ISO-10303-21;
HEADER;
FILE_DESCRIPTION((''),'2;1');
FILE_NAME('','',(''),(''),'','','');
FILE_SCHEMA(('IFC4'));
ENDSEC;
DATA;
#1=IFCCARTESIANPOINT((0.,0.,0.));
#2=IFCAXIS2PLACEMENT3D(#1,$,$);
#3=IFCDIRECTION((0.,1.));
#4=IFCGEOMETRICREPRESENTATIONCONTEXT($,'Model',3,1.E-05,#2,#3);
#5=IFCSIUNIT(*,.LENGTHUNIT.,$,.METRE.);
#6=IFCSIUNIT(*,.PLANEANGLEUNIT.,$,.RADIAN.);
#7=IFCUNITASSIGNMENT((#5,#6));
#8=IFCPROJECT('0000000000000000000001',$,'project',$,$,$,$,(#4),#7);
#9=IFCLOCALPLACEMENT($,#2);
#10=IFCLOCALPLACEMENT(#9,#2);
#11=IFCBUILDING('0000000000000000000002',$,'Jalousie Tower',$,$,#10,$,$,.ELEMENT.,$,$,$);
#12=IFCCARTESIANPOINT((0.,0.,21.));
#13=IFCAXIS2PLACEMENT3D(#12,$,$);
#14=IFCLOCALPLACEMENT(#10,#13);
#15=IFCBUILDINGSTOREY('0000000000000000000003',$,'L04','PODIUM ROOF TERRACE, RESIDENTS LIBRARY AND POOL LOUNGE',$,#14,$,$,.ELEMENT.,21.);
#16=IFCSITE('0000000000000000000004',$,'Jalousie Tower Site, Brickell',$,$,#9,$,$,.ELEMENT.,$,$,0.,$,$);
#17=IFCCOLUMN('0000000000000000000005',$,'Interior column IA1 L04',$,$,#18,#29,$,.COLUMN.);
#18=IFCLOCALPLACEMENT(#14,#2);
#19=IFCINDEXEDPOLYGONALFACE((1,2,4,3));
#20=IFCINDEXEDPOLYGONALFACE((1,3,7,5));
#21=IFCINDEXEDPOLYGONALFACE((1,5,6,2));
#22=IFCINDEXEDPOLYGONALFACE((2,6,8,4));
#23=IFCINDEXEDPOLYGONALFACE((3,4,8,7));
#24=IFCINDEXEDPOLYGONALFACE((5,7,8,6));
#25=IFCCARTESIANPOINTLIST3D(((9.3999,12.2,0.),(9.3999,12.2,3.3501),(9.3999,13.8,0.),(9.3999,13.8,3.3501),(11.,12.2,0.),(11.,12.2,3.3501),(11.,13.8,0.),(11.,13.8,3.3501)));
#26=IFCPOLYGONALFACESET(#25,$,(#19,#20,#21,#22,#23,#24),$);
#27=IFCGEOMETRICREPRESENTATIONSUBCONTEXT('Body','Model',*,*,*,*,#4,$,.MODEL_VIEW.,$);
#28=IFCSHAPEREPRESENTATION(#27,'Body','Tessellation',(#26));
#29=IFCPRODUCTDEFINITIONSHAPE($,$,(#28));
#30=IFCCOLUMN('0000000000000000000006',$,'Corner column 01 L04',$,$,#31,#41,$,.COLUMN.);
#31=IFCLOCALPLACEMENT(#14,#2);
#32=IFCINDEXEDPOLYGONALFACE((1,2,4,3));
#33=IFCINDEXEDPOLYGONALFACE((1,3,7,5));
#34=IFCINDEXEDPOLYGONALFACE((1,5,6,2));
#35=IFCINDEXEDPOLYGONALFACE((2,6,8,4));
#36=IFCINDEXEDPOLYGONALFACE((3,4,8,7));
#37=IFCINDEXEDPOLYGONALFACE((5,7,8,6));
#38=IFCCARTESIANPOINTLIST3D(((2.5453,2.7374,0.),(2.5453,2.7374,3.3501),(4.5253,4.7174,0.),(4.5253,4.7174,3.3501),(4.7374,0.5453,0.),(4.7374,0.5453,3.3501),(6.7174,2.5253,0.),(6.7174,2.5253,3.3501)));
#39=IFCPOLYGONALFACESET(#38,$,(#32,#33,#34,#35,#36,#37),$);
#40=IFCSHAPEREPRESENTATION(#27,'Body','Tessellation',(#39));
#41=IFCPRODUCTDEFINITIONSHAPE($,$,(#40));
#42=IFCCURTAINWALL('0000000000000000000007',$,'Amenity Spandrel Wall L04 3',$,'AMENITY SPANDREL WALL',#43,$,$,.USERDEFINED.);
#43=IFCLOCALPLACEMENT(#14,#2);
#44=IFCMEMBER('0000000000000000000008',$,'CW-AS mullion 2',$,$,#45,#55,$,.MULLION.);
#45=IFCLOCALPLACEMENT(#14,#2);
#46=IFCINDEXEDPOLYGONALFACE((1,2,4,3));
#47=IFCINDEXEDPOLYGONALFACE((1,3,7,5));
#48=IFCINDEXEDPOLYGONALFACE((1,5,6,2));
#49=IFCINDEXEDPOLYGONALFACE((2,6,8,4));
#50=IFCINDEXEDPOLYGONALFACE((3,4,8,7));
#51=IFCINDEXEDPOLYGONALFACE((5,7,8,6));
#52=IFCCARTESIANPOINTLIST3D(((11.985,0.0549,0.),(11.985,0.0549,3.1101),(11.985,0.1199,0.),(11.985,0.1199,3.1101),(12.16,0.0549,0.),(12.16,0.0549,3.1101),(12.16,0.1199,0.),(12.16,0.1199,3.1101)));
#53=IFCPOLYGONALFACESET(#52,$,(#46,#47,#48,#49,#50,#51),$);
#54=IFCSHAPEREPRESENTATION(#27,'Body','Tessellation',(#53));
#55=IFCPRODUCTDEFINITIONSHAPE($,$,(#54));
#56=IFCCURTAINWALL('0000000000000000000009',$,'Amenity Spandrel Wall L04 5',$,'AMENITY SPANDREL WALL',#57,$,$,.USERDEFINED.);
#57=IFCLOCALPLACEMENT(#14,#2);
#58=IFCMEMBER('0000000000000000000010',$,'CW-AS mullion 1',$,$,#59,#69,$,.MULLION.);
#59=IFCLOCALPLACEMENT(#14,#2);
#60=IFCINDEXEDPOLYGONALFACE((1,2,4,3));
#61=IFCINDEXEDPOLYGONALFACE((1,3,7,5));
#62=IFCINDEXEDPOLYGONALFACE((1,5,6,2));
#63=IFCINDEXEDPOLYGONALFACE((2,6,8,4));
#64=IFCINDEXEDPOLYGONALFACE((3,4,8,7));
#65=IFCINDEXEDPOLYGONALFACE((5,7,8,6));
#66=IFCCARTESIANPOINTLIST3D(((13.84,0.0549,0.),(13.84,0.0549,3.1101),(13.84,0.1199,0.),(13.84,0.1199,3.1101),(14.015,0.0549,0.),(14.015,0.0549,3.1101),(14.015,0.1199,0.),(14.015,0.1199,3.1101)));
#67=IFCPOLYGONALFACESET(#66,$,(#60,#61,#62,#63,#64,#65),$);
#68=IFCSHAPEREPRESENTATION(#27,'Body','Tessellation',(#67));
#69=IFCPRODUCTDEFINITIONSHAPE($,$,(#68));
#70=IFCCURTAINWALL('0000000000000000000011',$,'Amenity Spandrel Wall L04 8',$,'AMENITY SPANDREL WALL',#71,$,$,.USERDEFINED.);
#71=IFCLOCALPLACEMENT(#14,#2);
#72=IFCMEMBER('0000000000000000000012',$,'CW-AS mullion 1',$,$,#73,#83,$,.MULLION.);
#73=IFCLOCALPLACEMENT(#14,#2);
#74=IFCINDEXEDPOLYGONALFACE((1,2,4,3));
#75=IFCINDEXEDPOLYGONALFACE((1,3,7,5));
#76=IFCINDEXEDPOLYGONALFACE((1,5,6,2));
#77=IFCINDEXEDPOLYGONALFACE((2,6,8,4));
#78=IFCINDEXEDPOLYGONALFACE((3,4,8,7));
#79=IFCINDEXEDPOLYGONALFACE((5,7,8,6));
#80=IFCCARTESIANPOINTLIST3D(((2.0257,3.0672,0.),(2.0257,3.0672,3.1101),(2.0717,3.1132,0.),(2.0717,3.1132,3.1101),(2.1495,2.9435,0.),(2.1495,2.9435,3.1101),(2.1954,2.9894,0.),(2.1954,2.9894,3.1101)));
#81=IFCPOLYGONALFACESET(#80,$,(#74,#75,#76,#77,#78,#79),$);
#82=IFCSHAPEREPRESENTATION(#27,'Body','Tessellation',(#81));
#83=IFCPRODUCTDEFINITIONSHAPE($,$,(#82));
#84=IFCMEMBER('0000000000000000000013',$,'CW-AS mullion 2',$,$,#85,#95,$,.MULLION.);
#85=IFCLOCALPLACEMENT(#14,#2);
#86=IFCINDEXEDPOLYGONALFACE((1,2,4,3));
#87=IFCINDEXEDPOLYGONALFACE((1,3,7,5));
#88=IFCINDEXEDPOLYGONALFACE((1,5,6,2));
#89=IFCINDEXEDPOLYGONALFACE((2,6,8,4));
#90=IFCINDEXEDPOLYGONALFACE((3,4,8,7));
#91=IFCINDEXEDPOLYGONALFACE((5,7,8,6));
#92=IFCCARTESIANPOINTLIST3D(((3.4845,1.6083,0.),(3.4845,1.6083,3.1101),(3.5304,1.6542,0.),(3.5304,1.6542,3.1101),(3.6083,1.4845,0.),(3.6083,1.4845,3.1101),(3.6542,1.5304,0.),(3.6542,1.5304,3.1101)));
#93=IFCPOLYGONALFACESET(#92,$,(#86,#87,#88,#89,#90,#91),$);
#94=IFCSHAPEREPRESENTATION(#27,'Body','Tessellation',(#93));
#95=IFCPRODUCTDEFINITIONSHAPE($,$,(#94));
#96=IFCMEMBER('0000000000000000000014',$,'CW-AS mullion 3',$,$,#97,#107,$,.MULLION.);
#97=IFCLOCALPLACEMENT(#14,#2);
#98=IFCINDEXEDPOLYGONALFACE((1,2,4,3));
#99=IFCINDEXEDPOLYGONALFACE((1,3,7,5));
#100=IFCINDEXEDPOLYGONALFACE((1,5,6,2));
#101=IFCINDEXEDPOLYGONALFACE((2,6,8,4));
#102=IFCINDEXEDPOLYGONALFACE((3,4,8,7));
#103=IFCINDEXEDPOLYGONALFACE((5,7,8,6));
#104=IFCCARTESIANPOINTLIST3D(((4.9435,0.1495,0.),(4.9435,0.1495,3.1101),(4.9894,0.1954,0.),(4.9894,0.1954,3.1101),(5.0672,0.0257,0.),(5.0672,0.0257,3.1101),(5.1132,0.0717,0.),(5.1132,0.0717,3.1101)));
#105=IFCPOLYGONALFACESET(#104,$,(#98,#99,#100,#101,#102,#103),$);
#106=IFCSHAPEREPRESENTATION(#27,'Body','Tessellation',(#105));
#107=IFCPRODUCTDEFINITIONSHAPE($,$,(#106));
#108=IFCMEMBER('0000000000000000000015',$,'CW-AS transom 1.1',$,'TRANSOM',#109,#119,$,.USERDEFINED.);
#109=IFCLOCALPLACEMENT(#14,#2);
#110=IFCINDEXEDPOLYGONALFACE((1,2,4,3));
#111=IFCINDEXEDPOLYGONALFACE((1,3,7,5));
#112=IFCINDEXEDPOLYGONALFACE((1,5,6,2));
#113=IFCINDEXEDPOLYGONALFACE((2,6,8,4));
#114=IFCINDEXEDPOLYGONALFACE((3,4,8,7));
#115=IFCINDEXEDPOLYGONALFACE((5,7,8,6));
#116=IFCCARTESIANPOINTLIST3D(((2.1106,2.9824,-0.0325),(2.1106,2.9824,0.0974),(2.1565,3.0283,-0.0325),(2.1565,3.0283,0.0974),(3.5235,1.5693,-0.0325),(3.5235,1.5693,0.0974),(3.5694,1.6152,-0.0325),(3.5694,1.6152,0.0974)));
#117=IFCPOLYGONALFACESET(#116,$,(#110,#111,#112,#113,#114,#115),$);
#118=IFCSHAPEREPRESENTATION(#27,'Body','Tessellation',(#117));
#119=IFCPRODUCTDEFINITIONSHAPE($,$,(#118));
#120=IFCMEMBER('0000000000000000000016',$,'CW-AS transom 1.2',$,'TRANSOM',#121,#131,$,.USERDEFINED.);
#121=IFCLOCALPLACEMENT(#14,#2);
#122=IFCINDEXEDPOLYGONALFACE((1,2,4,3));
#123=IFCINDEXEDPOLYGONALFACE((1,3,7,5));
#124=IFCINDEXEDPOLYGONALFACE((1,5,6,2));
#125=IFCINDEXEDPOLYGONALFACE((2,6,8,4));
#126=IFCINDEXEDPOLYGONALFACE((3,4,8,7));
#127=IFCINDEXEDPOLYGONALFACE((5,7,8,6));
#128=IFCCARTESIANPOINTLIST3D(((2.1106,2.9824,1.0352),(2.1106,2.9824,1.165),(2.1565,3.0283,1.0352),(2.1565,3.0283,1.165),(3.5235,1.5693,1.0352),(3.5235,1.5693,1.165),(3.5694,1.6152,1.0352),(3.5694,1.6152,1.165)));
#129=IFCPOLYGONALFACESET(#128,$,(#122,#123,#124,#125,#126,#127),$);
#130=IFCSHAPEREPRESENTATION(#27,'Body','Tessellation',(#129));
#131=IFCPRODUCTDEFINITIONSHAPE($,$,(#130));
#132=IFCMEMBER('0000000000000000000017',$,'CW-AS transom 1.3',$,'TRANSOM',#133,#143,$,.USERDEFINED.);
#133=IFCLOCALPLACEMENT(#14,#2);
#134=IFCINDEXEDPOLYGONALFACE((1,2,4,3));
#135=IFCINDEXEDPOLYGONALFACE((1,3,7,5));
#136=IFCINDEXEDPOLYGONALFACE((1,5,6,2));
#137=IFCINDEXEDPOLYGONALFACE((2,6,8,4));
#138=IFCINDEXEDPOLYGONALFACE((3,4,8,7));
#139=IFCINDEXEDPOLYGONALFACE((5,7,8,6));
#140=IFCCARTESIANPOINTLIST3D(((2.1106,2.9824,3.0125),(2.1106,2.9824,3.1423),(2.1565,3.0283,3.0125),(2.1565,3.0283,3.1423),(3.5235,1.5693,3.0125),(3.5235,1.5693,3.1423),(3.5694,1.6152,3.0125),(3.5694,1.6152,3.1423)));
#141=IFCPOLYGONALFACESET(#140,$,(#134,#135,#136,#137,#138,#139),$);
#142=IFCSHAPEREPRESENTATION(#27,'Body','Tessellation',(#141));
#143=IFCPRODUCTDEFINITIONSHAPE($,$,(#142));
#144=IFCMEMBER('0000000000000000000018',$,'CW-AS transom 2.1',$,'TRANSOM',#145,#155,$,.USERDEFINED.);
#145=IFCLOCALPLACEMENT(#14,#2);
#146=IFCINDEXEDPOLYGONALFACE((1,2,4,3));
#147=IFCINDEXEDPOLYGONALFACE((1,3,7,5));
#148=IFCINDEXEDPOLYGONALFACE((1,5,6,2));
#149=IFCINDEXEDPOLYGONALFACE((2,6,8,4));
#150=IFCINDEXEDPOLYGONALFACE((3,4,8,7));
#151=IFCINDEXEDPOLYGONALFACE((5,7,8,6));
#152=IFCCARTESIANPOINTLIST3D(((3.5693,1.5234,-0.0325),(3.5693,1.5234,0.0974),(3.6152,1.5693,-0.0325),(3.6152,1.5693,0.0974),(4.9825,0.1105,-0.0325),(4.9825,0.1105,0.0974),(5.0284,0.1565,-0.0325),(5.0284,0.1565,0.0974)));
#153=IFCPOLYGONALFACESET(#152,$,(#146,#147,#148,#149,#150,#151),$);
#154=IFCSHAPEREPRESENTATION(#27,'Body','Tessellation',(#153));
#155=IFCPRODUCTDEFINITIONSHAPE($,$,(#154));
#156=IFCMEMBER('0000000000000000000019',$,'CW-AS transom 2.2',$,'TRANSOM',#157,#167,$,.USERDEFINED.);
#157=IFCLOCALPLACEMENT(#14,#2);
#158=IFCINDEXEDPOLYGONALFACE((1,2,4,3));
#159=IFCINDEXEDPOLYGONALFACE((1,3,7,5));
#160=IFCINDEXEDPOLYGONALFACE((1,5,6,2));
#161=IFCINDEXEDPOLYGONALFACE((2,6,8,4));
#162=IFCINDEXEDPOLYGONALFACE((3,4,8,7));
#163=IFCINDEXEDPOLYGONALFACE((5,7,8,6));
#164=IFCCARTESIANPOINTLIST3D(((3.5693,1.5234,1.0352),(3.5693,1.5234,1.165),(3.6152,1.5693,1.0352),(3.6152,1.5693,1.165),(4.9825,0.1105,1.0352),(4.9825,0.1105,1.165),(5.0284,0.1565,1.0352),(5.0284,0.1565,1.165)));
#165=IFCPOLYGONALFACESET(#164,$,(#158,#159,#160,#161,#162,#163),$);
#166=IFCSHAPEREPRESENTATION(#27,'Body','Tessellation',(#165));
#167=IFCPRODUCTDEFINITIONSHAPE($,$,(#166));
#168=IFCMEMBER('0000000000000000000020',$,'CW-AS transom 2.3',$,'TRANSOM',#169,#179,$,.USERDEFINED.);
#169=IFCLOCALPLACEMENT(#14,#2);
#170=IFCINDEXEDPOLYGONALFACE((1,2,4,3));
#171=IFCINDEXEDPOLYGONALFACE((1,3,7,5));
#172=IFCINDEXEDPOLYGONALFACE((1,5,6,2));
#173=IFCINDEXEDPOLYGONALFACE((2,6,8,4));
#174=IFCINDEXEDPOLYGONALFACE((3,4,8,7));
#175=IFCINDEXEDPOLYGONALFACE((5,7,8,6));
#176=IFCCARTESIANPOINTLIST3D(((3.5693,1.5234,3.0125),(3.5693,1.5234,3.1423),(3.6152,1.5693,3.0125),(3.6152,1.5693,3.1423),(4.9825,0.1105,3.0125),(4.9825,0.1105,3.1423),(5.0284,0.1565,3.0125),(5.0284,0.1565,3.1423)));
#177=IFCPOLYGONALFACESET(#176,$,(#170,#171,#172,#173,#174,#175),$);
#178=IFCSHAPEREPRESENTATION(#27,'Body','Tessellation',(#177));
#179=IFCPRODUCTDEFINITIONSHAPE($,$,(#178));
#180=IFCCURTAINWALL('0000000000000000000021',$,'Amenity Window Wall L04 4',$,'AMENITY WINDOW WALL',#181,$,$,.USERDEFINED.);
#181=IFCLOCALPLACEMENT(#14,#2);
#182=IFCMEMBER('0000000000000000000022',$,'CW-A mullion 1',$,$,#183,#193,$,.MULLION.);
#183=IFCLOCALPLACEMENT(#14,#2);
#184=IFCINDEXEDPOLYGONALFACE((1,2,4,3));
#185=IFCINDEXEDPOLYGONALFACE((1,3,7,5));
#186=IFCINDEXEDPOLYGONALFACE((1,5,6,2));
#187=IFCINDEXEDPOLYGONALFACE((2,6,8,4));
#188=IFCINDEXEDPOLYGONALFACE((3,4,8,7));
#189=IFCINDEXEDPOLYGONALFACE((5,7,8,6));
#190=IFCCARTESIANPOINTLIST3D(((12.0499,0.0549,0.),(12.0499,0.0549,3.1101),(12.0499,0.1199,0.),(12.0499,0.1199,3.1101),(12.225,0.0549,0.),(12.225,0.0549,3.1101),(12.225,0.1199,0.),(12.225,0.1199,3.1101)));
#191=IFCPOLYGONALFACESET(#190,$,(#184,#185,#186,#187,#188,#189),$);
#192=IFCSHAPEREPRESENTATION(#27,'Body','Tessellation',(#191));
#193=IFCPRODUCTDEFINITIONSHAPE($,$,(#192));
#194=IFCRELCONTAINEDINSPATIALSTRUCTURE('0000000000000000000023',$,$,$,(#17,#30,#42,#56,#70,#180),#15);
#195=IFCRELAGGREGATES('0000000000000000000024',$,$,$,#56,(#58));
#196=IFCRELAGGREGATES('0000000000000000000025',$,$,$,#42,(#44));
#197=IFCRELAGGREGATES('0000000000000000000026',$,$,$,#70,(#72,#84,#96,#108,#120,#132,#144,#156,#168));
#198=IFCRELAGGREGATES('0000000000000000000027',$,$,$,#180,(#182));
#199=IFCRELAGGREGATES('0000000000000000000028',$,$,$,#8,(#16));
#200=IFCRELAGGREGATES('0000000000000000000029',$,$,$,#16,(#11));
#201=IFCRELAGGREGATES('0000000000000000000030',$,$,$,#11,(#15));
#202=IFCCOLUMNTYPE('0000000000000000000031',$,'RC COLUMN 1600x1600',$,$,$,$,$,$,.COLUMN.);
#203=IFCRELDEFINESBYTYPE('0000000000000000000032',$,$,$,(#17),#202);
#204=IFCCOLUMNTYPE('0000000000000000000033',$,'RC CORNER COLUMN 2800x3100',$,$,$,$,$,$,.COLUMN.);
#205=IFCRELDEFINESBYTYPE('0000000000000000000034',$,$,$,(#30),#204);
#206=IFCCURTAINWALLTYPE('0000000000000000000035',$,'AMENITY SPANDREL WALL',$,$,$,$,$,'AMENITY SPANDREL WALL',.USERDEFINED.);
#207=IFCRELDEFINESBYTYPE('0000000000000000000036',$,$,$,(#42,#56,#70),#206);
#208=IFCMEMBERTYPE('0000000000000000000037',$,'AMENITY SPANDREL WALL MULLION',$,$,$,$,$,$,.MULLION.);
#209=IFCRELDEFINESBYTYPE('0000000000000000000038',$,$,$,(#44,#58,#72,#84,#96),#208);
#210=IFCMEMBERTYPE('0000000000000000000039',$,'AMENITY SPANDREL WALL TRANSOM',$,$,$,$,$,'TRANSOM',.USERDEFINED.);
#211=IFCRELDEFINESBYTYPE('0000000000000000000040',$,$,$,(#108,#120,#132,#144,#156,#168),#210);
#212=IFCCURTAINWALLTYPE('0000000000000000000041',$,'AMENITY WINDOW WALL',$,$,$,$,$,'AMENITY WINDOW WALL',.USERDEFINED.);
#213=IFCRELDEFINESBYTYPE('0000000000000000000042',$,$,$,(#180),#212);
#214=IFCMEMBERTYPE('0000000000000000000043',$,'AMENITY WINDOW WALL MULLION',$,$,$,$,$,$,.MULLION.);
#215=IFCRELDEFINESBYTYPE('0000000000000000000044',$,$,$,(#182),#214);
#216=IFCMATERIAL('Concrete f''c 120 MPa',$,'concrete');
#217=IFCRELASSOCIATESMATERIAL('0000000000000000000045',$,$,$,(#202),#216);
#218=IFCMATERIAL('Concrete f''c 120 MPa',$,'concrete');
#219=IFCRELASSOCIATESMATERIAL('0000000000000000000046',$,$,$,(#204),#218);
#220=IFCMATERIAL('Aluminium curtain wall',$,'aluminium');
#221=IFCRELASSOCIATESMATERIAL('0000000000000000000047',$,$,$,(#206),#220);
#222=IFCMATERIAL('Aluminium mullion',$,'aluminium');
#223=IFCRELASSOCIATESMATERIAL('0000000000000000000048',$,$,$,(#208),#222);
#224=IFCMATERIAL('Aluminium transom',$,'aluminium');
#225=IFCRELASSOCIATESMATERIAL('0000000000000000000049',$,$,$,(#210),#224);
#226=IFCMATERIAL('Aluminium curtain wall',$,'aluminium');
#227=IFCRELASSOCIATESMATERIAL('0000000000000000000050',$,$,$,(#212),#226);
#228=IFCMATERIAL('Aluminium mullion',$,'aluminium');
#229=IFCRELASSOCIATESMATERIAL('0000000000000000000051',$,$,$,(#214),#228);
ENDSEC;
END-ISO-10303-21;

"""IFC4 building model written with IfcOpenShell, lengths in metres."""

from ifc_helpers import new_model, si_unit, direction, frame, origin, origin_2d, place, context, subcontext, project, spatial, rectangle, extrude, material, material_profile, profile_set, type_object, element, aggregate, save


model = new_model("IFC4")

# Units and contexts
model_context = context("Model", 3, precision=1e-05, world=origin(), true_north=direction((0.0, 1.0)))
body_context = subcontext(model_context, "Body", "Model", "MODEL_VIEW")
ifc_project = project(units=[si_unit("LENGTHUNIT", "METRE"), si_unit("PLANEANGLEUNIT", "RADIAN")], contexts=[model_context])

# Site, building, storey
site_placement = place(None, origin())
site = spatial("IfcSite", under=ifc_project, at=site_placement, Name="Jalousie Tower Site, Brickell", CompositionType="ELEMENT", RefElevation=0.0)
building_placement = place(site_placement, origin())
building = spatial("IfcBuilding", under=site, at=building_placement, Name="Jalousie Tower", CompositionType="ELEMENT")
storey_placement = place(building_placement, frame((0.0, 0.0, 21.0)))
storey = spatial("IfcBuildingStorey", under=building, at=storey_placement, Name="L04", Description="PODIUM ROOF TERRACE, RESIDENTS LIBRARY AND POOL LOUNGE", CompositionType="ELEMENT", Elevation=21.0)

# Columns
ifc_material_1 = material(Name="Concrete f'c 120 MPa", Category="concrete")
ifc_material_profile_1 = material_profile(ifc_material_1, rectangle(XDim=1.6001, YDim=1.6001, at=origin_2d()), Name="RC 1600x1600")
ifc_profile_set_1 = profile_set([ifc_material_profile_1], Name="Concrete f'c 120 MPa")
column_type_1 = type_object("IfcColumnType", Name="RC COLUMN 1600x1600", PredefinedType="COLUMN", material=ifc_profile_set_1)
column_1_placement = place(storey_placement, frame((10.2, 13.0, 0.0), z_axis=(0.0, 0.0, 1.0), x_axis=(1.0, 0.0, 0.0)))
element("IfcColumn", 1, at=column_1_placement, inside=storey, type_object=column_type_1, Name="Interior column IA1 L04", PredefinedType="COLUMN", context=body_context, shape_type="SweptSolid", body=[
    extrude(rectangle(XDim=1.6001, YDim=1.6001, at=origin_2d()), origin(), (0.0, 0.0, 1.0), 3.3501),
])
ifc_material_2 = material(Name="Concrete f'c 120 MPa", Category="concrete")
ifc_material_profile_2 = material_profile(ifc_material_2, rectangle(XDim=2.8, YDim=3.1001, at=origin_2d()), Name="RC 2800x3100")
ifc_profile_set_2 = profile_set([ifc_material_profile_2], Name="Concrete f'c 120 MPa")
column_type_2 = type_object("IfcColumnType", Name="RC CORNER COLUMN 2800x3100", PredefinedType="COLUMN", material=ifc_profile_set_2)
column_2_placement = place(storey_placement, frame((4.6313, 2.6313, 0.0), z_axis=(0.0, 0.0, 1.0), x_axis=(0.707107, 0.707107, 0.0)))
element("IfcColumn", 2, at=column_2_placement, inside=storey, type_object=column_type_2, Name="Corner column 01 L04", PredefinedType="COLUMN", context=body_context, shape_type="SweptSolid", body=[
    extrude(rectangle(XDim=2.8, YDim=3.1001, at=origin_2d()), origin(), (0.0, 0.0, 1.0), 3.3501),
])

# Curtain walls, members
ifc_material_3 = material(Name="Aluminium curtain wall", Category="aluminium")
curtain_wall_type_1 = type_object("IfcCurtainWallType", Name="AMENITY SPANDREL WALL", ElementType="AMENITY SPANDREL WALL", PredefinedType="USERDEFINED", material=ifc_material_3)
curtain_wall_1_placement = place(storey_placement, origin())
curtain_wall_1 = element("IfcCurtainWall", 3, at=curtain_wall_1_placement, inside=storey, type_object=curtain_wall_type_1, Name="Amenity Spandrel Wall L04 3", ObjectType="AMENITY SPANDREL WALL", PredefinedType="USERDEFINED")
ifc_material_4 = material(Name="Aluminium mullion", Category="aluminium")
ifc_material_profile_3 = material_profile(ifc_material_4, rectangle(XDim=0.0649, YDim=0.175, at=origin_2d()), Name="MULLION 65x175")
ifc_profile_set_3 = profile_set([ifc_material_profile_3], Name="Aluminium mullion")
member_type_1 = type_object("IfcMemberType", Name="AMENITY SPANDREL WALL MULLION", PredefinedType="MULLION", material=ifc_profile_set_3)
member_1_placement = place(storey_placement, frame((12.0725, 0.0874, 0.0), z_axis=(0.0, 0.0, 1.0), x_axis=(0.0, 1.0, 0.0)))
member_1 = element("IfcMember", 4, at=member_1_placement, type_object=member_type_1, Name="CW-AS mullion 2", PredefinedType="MULLION", context=body_context, shape_type="SweptSolid", body=[
    extrude(rectangle(XDim=0.0649, YDim=0.175, at=origin_2d()), origin(), (0.0, 0.0, 1.0), 3.1101),
])
curtain_wall_2_placement = place(storey_placement, origin())
curtain_wall_2 = element("IfcCurtainWall", 5, at=curtain_wall_2_placement, inside=storey, type_object=curtain_wall_type_1, Name="Amenity Spandrel Wall L04 5", ObjectType="AMENITY SPANDREL WALL", PredefinedType="USERDEFINED")
member_2_placement = place(storey_placement, frame((13.9275, 0.0874, 0.0), z_axis=(0.0, 0.0, 1.0), x_axis=(0.0, 1.0, 0.0)))
member_2 = element("IfcMember", 6, at=member_2_placement, type_object=member_type_1, Name="CW-AS mullion 1", PredefinedType="MULLION", context=body_context, shape_type="SweptSolid", body=[
    extrude(rectangle(XDim=0.0649, YDim=0.175, at=origin_2d()), origin(), (0.0, 0.0, 1.0), 3.1101),
])
aggregate(curtain_wall_2, [member_2])

# Curtain walls, members
curtain_wall_3_placement = place(storey_placement, origin())
curtain_wall_3 = element("IfcCurtainWall", 7, at=curtain_wall_3_placement, inside=storey, type_object=curtain_wall_type_1, Name="Amenity Spandrel Wall L04 8", ObjectType="AMENITY SPANDREL WALL", PredefinedType="USERDEFINED")
member_3_placement = place(storey_placement, frame((2.1106, 3.0283, 0.0), z_axis=(0.0, 0.0, 1.0), x_axis=(0.707107, 0.707107, 0.0)))
member_3 = element("IfcMember", 8, at=member_3_placement, type_object=member_type_1, Name="CW-AS mullion 1", PredefinedType="MULLION", context=body_context, shape_type="SweptSolid", body=[
    extrude(rectangle(XDim=0.0649, YDim=0.175, at=origin_2d()), origin(), (0.0, 0.0, 1.0), 3.1101),
])
member_4_placement = place(storey_placement, frame((3.5693, 1.5693, 0.0), z_axis=(0.0, 0.0, 1.0), x_axis=(0.707107, 0.707107, 0.0)))
member_4 = element("IfcMember", 9, at=member_4_placement, type_object=member_type_1, Name="CW-AS mullion 2", PredefinedType="MULLION", context=body_context, shape_type="SweptSolid", body=[
    extrude(rectangle(XDim=0.0649, YDim=0.175, at=origin_2d()), origin(), (0.0, 0.0, 1.0), 3.1101),
])
member_5_placement = place(storey_placement, frame((5.0283, 0.1106, 0.0), z_axis=(0.0, 0.0, 1.0), x_axis=(0.707107, 0.707107, 0.0)))
member_5 = element("IfcMember", 10, at=member_5_placement, type_object=member_type_1, Name="CW-AS mullion 3", PredefinedType="MULLION", context=body_context, shape_type="SweptSolid", body=[
    extrude(rectangle(XDim=0.0649, YDim=0.175, at=origin_2d()), origin(), (0.0, 0.0, 1.0), 3.1101),
])
ifc_material_5 = material(Name="Aluminium transom", Category="aluminium")
ifc_material_profile_4 = material_profile(ifc_material_5, rectangle(XDim=0.0649, YDim=0.1299, at=origin_2d()), Name="TRANSOM 65x130")
ifc_profile_set_4 = profile_set([ifc_material_profile_4], Name="Aluminium transom")
member_type_2 = type_object("IfcMemberType", Name="AMENITY SPANDREL WALL TRANSOM", ElementType="TRANSOM", PredefinedType="USERDEFINED", material=ifc_profile_set_4)
member_6_placement = place(storey_placement, frame((2.1335, 3.0054, 0.0325), z_axis=(0.707046, -0.707168, 0.0), x_axis=(0.707168, 0.707046, 0.0)))
member_6 = element("IfcMember", 11, at=member_6_placement, type_object=member_type_2, Name="CW-AS transom 1.1", ObjectType="TRANSOM", PredefinedType="USERDEFINED", context=body_context, shape_type="SweptSolid", body=[
    extrude(rectangle(XDim=0.0649, YDim=0.1299, at=origin_2d()), origin(), (0.0, 0.0, 1.0), 1.9983),
])
member_7_placement = place(storey_placement, frame((2.1335, 3.0054, 1.1001), z_axis=(0.707046, -0.707168, 0.0), x_axis=(0.707168, 0.707046, 0.0)))
member_7 = element("IfcMember", 12, at=member_7_placement, type_object=member_type_2, Name="CW-AS transom 1.2", ObjectType="TRANSOM", PredefinedType="USERDEFINED", context=body_context, shape_type="SweptSolid", body=[
    extrude(rectangle(XDim=0.0649, YDim=0.1299, at=origin_2d()), origin(), (0.0, 0.0, 1.0), 1.9983),
])
member_8_placement = place(storey_placement, frame((2.1335, 3.0054, 3.0774), z_axis=(0.707046, -0.707168, 0.0), x_axis=(0.707168, 0.707046, 0.0)))
member_8 = element("IfcMember", 13, at=member_8_placement, type_object=member_type_2, Name="CW-AS transom 1.3", ObjectType="TRANSOM", PredefinedType="USERDEFINED", context=body_context, shape_type="SweptSolid", body=[
    extrude(rectangle(XDim=0.0649, YDim=0.1299, at=origin_2d()), origin(), (0.0, 0.0, 1.0), 1.9983),
])
member_9_placement = place(storey_placement, frame((3.5923, 1.5464, 0.0325), z_axis=(0.707168, -0.707046, 0.0), x_axis=(0.707046, 0.707168, 0.0)))
member_9 = element("IfcMember", 14, at=member_9_placement, type_object=member_type_2, Name="CW-AS transom 2.1", ObjectType="TRANSOM", PredefinedType="USERDEFINED", context=body_context, shape_type="SweptSolid", body=[
    extrude(rectangle(XDim=0.0649, YDim=0.1299, at=origin_2d()), origin(), (0.0, 0.0, 1.0), 1.9983),
])
member_10_placement = place(storey_placement, frame((3.5923, 1.5464, 1.1001), z_axis=(0.707168, -0.707046, 0.0), x_axis=(0.707046, 0.707168, 0.0)))
member_10 = element("IfcMember", 15, at=member_10_placement, type_object=member_type_2, Name="CW-AS transom 2.2", ObjectType="TRANSOM", PredefinedType="USERDEFINED", context=body_context, shape_type="SweptSolid", body=[
    extrude(rectangle(XDim=0.0649, YDim=0.1299, at=origin_2d()), origin(), (0.0, 0.0, 1.0), 1.9983),
])
member_11_placement = place(storey_placement, frame((3.5923, 1.5464, 3.0774), z_axis=(0.707168, -0.707046, 0.0), x_axis=(0.707046, 0.707168, 0.0)))
member_11 = element("IfcMember", 16, at=member_11_placement, type_object=member_type_2, Name="CW-AS transom 2.3", ObjectType="TRANSOM", PredefinedType="USERDEFINED", context=body_context, shape_type="SweptSolid", body=[
    extrude(rectangle(XDim=0.0649, YDim=0.1299, at=origin_2d()), origin(), (0.0, 0.0, 1.0), 1.9983),
])
ifc_material_6 = material(Name="Aluminium curtain wall", Category="aluminium")
curtain_wall_type_2 = type_object("IfcCurtainWallType", Name="AMENITY WINDOW WALL", ElementType="AMENITY WINDOW WALL", PredefinedType="USERDEFINED", material=ifc_material_6)
curtain_wall_4_placement = place(storey_placement, origin())
curtain_wall_4 = element("IfcCurtainWall", 17, at=curtain_wall_4_placement, inside=storey, type_object=curtain_wall_type_2, Name="Amenity Window Wall L04 4", ObjectType="AMENITY WINDOW WALL", PredefinedType="USERDEFINED")
ifc_material_7 = material(Name="Aluminium mullion", Category="aluminium")
ifc_material_profile_5 = material_profile(ifc_material_7, rectangle(XDim=0.0649, YDim=0.175, at=origin_2d()), Name="MULLION 65x175")
ifc_profile_set_5 = profile_set([ifc_material_profile_5], Name="Aluminium mullion")
member_type_3 = type_object("IfcMemberType", Name="AMENITY WINDOW WALL MULLION", PredefinedType="MULLION", material=ifc_profile_set_5)
member_12_placement = place(storey_placement, frame((12.1375, 0.0874, 0.0), z_axis=(0.0, 0.0, 1.0), x_axis=(0.0, 1.0, 0.0)))
member_12 = element("IfcMember", 18, at=member_12_placement, type_object=member_type_3, Name="CW-A mullion 1", PredefinedType="MULLION", context=body_context, shape_type="SweptSolid", body=[
    extrude(rectangle(XDim=0.0649, YDim=0.175, at=origin_2d()), origin(), (0.0, 0.0, 1.0), 3.1101),
])

aggregate(curtain_wall_1, [member_1])
aggregate(curtain_wall_3, [member_3, member_4, member_5, member_6, member_7, member_8, member_9, member_10, member_11])
aggregate(curtain_wall_4, [member_12])

save(model, "model.ifc")
